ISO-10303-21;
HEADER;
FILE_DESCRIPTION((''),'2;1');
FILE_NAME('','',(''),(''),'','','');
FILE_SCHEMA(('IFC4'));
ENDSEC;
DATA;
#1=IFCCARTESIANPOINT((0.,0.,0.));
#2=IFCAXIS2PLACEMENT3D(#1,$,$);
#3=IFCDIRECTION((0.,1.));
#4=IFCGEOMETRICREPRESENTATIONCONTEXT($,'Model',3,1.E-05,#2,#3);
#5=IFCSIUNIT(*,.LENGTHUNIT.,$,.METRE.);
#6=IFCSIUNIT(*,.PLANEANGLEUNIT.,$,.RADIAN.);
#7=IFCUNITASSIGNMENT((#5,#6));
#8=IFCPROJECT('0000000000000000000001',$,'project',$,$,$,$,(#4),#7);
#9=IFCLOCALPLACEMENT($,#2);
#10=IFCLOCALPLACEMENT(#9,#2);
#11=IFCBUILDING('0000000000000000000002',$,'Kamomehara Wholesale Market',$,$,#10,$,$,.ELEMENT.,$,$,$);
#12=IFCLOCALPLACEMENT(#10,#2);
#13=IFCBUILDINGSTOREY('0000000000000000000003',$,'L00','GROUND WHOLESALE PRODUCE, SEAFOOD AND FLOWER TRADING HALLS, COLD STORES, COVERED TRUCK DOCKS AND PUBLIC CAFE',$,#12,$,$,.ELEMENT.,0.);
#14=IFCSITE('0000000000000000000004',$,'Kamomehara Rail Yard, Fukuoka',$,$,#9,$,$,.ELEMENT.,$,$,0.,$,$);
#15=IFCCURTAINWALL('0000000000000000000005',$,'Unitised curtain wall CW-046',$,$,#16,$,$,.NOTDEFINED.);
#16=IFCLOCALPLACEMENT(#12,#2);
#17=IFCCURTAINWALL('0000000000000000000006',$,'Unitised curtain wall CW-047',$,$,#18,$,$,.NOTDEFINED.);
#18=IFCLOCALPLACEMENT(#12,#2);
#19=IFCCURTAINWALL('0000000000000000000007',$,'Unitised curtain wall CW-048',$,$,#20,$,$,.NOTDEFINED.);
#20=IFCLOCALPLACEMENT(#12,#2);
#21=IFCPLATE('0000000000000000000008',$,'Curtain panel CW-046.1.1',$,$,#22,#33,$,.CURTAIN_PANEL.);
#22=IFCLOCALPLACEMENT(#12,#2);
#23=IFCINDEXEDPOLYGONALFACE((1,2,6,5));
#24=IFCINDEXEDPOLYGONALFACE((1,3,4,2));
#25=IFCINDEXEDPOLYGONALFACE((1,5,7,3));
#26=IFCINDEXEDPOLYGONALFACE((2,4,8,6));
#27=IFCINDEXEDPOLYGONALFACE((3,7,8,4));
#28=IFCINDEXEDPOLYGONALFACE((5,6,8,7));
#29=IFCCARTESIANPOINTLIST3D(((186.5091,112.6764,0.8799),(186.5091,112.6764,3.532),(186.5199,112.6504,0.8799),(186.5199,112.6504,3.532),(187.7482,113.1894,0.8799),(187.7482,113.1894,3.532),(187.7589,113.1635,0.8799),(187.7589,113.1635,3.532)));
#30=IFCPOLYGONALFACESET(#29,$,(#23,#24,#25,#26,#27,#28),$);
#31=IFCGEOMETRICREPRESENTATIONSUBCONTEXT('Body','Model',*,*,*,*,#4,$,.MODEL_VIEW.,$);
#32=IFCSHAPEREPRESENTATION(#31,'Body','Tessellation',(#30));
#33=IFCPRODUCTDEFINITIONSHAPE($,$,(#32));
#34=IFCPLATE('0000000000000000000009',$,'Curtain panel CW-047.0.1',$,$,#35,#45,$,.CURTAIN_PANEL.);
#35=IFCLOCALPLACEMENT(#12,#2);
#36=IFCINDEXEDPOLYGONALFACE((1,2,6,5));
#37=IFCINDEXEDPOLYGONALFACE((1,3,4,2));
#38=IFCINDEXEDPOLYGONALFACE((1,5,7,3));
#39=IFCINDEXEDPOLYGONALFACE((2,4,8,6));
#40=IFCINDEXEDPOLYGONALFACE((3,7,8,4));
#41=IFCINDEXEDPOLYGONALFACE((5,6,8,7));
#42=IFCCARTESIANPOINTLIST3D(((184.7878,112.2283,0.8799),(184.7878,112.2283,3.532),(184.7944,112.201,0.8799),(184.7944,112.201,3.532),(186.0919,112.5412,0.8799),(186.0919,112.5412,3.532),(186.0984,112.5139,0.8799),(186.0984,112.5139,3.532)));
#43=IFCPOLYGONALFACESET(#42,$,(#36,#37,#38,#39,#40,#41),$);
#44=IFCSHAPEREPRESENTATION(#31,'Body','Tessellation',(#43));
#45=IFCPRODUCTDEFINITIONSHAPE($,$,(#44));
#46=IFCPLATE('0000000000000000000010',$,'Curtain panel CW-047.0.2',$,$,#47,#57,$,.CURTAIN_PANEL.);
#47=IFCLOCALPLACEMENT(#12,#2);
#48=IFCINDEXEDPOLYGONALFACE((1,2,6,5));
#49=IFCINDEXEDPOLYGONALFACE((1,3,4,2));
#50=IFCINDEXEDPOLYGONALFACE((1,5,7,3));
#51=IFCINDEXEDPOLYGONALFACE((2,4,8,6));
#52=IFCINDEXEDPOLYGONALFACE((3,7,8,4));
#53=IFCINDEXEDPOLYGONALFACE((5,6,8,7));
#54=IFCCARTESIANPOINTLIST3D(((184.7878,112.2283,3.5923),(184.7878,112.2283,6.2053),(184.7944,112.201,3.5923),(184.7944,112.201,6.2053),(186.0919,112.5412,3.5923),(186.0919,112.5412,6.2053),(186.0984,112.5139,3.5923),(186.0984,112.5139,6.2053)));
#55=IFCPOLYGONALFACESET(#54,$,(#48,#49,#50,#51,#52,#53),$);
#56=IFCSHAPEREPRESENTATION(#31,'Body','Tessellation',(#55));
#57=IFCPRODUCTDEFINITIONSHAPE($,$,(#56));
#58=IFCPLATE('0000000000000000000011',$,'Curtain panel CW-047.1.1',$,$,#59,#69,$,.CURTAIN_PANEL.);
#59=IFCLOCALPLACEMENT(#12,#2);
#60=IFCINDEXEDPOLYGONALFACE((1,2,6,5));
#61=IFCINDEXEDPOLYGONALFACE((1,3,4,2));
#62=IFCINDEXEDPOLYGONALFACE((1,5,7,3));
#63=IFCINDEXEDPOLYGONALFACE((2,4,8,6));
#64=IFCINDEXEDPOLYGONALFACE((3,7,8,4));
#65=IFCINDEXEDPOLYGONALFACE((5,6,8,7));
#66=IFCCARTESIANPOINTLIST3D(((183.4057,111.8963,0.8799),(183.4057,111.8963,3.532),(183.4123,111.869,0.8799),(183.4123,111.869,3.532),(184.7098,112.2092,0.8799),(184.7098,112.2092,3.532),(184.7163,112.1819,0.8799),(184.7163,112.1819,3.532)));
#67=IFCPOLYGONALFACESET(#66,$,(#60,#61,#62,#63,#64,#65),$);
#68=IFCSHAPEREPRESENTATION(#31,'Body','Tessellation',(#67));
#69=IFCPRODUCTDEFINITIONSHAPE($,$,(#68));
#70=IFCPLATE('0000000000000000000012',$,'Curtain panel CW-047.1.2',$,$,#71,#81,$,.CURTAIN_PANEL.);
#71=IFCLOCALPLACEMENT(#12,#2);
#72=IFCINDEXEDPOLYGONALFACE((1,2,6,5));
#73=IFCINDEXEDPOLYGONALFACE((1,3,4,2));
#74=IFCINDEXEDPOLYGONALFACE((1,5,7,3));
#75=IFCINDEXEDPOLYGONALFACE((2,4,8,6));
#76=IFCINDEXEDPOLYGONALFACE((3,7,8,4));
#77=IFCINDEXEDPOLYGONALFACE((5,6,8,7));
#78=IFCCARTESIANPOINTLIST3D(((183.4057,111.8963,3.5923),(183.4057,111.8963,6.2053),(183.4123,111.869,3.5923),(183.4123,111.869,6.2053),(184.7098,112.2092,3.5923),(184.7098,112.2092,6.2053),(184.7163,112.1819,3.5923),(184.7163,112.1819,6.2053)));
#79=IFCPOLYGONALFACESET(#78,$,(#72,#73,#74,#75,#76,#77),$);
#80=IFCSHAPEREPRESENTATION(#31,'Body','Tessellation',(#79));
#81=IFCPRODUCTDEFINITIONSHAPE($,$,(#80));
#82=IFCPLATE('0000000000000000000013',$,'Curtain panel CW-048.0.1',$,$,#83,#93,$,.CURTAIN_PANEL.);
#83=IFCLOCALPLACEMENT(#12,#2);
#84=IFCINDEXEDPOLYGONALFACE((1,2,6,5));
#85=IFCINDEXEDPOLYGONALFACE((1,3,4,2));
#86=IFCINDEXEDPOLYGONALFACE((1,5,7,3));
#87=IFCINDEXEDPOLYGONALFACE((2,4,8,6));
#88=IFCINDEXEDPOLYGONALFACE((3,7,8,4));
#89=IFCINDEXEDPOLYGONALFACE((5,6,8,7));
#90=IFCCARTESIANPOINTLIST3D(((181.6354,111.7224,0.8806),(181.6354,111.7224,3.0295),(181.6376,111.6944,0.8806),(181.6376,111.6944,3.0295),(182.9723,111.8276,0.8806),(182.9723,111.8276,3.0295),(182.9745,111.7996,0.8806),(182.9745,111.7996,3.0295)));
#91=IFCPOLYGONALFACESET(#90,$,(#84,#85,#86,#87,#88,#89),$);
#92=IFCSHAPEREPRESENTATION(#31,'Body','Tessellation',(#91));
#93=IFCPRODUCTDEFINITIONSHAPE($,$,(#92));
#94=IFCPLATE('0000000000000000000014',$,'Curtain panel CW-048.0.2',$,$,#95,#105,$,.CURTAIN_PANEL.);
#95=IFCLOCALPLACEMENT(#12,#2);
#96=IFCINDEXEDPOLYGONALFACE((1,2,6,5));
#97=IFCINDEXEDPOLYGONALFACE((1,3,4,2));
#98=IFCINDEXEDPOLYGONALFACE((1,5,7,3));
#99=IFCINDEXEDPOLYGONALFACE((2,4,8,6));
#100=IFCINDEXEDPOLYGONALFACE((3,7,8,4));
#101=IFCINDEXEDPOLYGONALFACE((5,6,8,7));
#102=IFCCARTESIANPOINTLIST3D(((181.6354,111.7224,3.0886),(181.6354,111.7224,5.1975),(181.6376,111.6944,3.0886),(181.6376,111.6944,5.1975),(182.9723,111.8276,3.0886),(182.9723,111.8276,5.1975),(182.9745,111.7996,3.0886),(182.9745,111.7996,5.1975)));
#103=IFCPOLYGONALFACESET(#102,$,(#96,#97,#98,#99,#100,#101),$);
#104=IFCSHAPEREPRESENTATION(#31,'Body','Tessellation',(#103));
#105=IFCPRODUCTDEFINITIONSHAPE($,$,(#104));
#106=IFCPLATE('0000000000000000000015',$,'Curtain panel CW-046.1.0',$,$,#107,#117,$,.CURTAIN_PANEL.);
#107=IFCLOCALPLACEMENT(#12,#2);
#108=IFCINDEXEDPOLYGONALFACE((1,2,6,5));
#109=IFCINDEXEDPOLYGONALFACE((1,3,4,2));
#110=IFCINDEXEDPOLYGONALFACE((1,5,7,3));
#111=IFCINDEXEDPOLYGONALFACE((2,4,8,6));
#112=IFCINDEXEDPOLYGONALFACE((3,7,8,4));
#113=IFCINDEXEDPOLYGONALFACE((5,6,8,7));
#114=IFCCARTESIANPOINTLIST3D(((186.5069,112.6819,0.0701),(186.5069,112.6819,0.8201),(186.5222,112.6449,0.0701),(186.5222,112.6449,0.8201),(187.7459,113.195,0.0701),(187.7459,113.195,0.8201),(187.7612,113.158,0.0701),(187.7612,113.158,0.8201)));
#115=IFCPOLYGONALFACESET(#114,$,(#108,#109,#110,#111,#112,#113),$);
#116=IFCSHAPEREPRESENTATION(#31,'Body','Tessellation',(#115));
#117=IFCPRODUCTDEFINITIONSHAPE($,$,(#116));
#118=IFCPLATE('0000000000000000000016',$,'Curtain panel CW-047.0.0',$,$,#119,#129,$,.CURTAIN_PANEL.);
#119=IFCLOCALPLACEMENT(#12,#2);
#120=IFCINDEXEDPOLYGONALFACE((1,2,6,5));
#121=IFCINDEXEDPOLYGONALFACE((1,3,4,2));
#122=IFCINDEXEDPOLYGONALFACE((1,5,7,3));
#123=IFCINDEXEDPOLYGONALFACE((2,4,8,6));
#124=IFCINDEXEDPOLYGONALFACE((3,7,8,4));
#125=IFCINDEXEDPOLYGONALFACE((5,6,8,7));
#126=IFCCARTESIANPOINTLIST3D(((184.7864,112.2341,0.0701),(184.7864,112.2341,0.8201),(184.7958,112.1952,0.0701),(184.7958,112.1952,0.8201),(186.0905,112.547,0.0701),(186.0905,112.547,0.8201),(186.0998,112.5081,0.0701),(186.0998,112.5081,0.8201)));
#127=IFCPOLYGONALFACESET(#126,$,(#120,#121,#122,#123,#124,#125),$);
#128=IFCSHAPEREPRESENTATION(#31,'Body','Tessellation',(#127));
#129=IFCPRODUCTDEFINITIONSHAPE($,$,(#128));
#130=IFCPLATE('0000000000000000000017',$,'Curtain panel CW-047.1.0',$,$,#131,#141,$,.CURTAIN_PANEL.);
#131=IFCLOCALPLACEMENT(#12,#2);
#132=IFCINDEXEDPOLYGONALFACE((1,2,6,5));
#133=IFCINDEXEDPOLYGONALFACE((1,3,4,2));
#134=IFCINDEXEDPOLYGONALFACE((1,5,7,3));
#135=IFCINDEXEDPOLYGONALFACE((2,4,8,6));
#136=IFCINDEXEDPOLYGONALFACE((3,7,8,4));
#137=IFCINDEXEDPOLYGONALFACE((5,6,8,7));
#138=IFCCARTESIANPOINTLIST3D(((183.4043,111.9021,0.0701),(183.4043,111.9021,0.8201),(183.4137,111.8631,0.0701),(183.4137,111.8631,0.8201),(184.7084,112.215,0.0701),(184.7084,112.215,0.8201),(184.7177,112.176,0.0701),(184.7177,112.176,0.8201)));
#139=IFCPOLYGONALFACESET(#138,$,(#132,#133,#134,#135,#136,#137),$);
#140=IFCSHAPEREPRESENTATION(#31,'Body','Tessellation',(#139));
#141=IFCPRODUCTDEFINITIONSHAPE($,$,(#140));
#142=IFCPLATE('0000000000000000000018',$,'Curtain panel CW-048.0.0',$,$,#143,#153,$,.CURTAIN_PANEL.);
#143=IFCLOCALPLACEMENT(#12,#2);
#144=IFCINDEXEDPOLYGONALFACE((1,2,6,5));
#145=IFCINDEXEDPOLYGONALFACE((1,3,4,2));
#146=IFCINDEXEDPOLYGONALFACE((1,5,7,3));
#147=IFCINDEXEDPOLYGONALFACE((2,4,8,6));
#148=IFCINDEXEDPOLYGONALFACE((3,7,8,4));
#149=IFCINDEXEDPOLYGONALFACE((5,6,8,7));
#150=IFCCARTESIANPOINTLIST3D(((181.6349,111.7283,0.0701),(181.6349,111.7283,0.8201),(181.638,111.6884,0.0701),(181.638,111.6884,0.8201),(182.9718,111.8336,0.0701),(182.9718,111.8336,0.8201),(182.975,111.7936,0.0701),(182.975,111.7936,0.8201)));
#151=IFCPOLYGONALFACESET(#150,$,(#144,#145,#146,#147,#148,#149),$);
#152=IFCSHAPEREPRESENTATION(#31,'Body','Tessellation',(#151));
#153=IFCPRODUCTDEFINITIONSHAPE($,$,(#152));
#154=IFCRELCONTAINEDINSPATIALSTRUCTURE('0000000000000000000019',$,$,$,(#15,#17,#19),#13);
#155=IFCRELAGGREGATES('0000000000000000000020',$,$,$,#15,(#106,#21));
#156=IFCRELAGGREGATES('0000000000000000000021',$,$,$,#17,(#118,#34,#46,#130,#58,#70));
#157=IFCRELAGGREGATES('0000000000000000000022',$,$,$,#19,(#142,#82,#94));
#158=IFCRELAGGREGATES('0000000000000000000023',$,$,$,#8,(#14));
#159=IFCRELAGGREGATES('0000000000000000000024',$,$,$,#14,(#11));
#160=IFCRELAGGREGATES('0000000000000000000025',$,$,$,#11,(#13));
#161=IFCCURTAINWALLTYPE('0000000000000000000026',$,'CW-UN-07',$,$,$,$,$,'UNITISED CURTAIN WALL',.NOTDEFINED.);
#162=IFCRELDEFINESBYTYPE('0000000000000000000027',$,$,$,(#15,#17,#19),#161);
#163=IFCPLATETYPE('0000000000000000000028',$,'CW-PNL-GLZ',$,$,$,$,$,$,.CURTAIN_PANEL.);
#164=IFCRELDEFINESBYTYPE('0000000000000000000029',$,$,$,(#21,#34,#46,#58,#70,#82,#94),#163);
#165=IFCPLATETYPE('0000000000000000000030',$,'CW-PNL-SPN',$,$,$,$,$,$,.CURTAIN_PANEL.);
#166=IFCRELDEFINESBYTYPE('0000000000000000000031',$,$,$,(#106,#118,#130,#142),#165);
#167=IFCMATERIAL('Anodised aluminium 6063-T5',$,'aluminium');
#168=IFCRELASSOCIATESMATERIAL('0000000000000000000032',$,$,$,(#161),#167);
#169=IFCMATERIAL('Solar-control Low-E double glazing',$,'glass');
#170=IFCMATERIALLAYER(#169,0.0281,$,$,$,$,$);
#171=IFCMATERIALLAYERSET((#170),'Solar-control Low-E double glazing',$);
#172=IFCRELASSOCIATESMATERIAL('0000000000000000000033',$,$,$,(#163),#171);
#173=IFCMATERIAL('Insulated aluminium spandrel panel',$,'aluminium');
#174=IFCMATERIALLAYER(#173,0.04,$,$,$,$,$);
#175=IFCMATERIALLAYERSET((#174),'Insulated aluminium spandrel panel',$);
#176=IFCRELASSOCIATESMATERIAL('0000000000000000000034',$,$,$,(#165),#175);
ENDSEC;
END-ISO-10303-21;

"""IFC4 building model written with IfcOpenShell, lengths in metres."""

from ifc_helpers import new_model, si_unit, direction, frame, origin, origin_2d, place, context, subcontext, project, spatial, rectangle, extrude, material, layer, layer_set, type_object, element, aggregate, save


model = new_model("IFC4")

# Units and contexts
model_context = context("Model", 3, precision=1e-05, world=origin(), true_north=direction((0.0, 1.0)))
body_context = subcontext(model_context, "Body", "Model", "MODEL_VIEW")
ifc_project = project(units=[si_unit("LENGTHUNIT", "METRE"), si_unit("PLANEANGLEUNIT", "RADIAN")], contexts=[model_context])

# Site, building, storey
site_placement = place(None, origin())
site = spatial("IfcSite", under=ifc_project, at=site_placement, Name="Kamomehara Rail Yard, Fukuoka", CompositionType="ELEMENT", RefElevation=0.0)
building_placement = place(site_placement, origin())
building = spatial("IfcBuilding", under=site, at=building_placement, Name="Kamomehara Wholesale Market", CompositionType="ELEMENT")
storey_placement = place(building_placement, origin())
storey = spatial("IfcBuildingStorey", under=building, at=storey_placement, Name="L00", Description="GROUND WHOLESALE PRODUCE, SEAFOOD AND FLOWER TRADING HALLS, COLD STORES, COVERED TRUCK DOCKS AND PUBLIC CAFE", CompositionType="ELEMENT", Elevation=0.0)

# Curtain wall
ifc_material_1 = material(Name="Anodised aluminium 6063-T5", Category="aluminium")
curtain_wall_type = type_object("IfcCurtainWallType", Name="CW-UN-07", ElementType="UNITISED CURTAIN WALL", PredefinedType="NOTDEFINED", material=ifc_material_1)
curtain_wall_1_placement = place(storey_placement, origin())
curtain_wall_1 = element("IfcCurtainWall", 1, at=curtain_wall_1_placement, inside=storey, type_object=curtain_wall_type, Name="Unitised curtain wall CW-046", PredefinedType="NOTDEFINED")

# Curtain walls
curtain_wall_2_placement = place(storey_placement, origin())
curtain_wall_2 = element("IfcCurtainWall", 2, at=curtain_wall_2_placement, inside=storey, type_object=curtain_wall_type, Name="Unitised curtain wall CW-047", PredefinedType="NOTDEFINED")
curtain_wall_3_placement = place(storey_placement, origin())
curtain_wall_3 = element("IfcCurtainWall", 3, at=curtain_wall_3_placement, inside=storey, type_object=curtain_wall_type, Name="Unitised curtain wall CW-048", PredefinedType="NOTDEFINED")

# Plates
ifc_material_2 = material(Name="Solar-control Low-E double glazing", Category="glass")
ifc_layer_1 = layer(ifc_material_2, 0.0281)
ifc_layer_set_1 = layer_set([ifc_layer_1], Name="Solar-control Low-E double glazing")
plate_type_1 = type_object("IfcPlateType", Name="CW-PNL-GLZ", PredefinedType="CURTAIN_PANEL", material=ifc_layer_set_1)
plate_1_placement = place(storey_placement, frame((187.134, 112.9199, 0.8799), z_axis=(0.0, 0.0, 1.0), x_axis=(-0.92392, -0.382587, 0.0)))
plate_1 = element("IfcPlate", 4, at=plate_1_placement, type_object=plate_type_1, Name="Curtain panel CW-046.1.1", PredefinedType="CURTAIN_PANEL", context=body_context, shape_type="SweptSolid", body=[
    extrude(rectangle(XDim=1.3411, YDim=0.0281, at=origin_2d()), origin(), (0.0, 0.0, 1.0), 2.6521),
])
plate_2_placement = place(storey_placement, frame((185.4431, 112.3711, 0.8799), z_axis=(0.0, 0.0, 1.0), x_axis=(-0.972398, -0.233327, 0.0)))
plate_2 = element("IfcPlate", 5, at=plate_2_placement, type_object=plate_type_1, Name="Curtain panel CW-047.0.1", PredefinedType="CURTAIN_PANEL", context=body_context, shape_type="SweptSolid", body=[
    extrude(rectangle(XDim=1.3411, YDim=0.0281, at=origin_2d()), origin(), (0.0, 0.0, 1.0), 2.6521),
])
plate_3_placement = place(storey_placement, frame((185.4431, 112.3711, 3.5923), z_axis=(0.0, 0.0, 1.0), x_axis=(-0.972398, -0.233327, 0.0)))
plate_3 = element("IfcPlate", 6, at=plate_3_placement, type_object=plate_type_1, Name="Curtain panel CW-047.0.2", PredefinedType="CURTAIN_PANEL", context=body_context, shape_type="SweptSolid", body=[
    extrude(rectangle(XDim=1.3411, YDim=0.0281, at=origin_2d()), origin(), (0.0, 0.0, 1.0), 2.613),
])
plate_4_placement = place(storey_placement, frame((184.061, 112.0391, 0.8799), z_axis=(0.0, 0.0, 1.0), x_axis=(-0.972398, -0.233327, 0.0)))
plate_4 = element("IfcPlate", 7, at=plate_4_placement, type_object=plate_type_1, Name="Curtain panel CW-047.1.1", PredefinedType="CURTAIN_PANEL", context=body_context, shape_type="SweptSolid", body=[
    extrude(rectangle(XDim=1.3411, YDim=0.0281, at=origin_2d()), origin(), (0.0, 0.0, 1.0), 2.6521),
])
plate_5_placement = place(storey_placement, frame((184.061, 112.0391, 3.5923), z_axis=(0.0, 0.0, 1.0), x_axis=(-0.972398, -0.233327, 0.0)))
plate_5 = element("IfcPlate", 8, at=plate_5_placement, type_object=plate_type_1, Name="Curtain panel CW-047.1.2", PredefinedType="CURTAIN_PANEL", context=body_context, shape_type="SweptSolid", body=[
    extrude(rectangle(XDim=1.3411, YDim=0.0281, at=origin_2d()), origin(), (0.0, 0.0, 1.0), 2.613),
])
plate_6_placement = place(storey_placement, frame((182.3049, 111.761, 0.8806), z_axis=(0.0, 0.0, 1.0), x_axis=(-0.996916, -0.078476, 0.0)))
plate_6 = element("IfcPlate", 9, at=plate_6_placement, type_object=plate_type_1, Name="Curtain panel CW-048.0.1", PredefinedType="CURTAIN_PANEL", context=body_context, shape_type="SweptSolid", body=[
    extrude(rectangle(XDim=1.3411, YDim=0.0281, at=origin_2d()), origin(), (0.0, 0.0, 1.0), 2.1489),
])
plate_7_placement = place(storey_placement, frame((182.3049, 111.761, 3.0886), z_axis=(0.0, 0.0, 1.0), x_axis=(-0.996916, -0.078476, 0.0)))
plate_7 = element("IfcPlate", 10, at=plate_7_placement, type_object=plate_type_1, Name="Curtain panel CW-048.0.2", PredefinedType="CURTAIN_PANEL", context=body_context, shape_type="SweptSolid", body=[
    extrude(rectangle(XDim=1.3411, YDim=0.0281, at=origin_2d()), origin(), (0.0, 0.0, 1.0), 2.1089),
])
ifc_material_3 = material(Name="Insulated aluminium spandrel panel", Category="aluminium")
ifc_layer_2 = layer(ifc_material_3, 0.04)
ifc_layer_set_2 = layer_set([ifc_layer_2], Name="Insulated aluminium spandrel panel")
plate_type_2 = type_object("IfcPlateType", Name="CW-PNL-SPN", PredefinedType="CURTAIN_PANEL", material=ifc_layer_set_2)
plate_8_placement = place(storey_placement, frame((187.134, 112.9199, 0.0701), z_axis=(0.0, 0.0, 1.0), x_axis=(-0.92392, -0.382587, 0.0)))
plate_8 = element("IfcPlate", 11, at=plate_8_placement, type_object=plate_type_2, Name="Curtain panel CW-046.1.0", PredefinedType="CURTAIN_PANEL", context=body_context, shape_type="SweptSolid", body=[
    extrude(rectangle(XDim=1.3411, YDim=0.04, at=origin_2d()), origin(), (0.0, 0.0, 1.0), 0.75),
])
aggregate(curtain_wall_1, [plate_8, plate_1])
plate_9_placement = place(storey_placement, frame((185.4431, 112.3711, 0.0701), z_axis=(0.0, 0.0, 1.0), x_axis=(-0.972398, -0.233327, 0.0)))
plate_9 = element("IfcPlate", 12, at=plate_9_placement, type_object=plate_type_2, Name="Curtain panel CW-047.0.0", PredefinedType="CURTAIN_PANEL", context=body_context, shape_type="SweptSolid", body=[
    extrude(rectangle(XDim=1.3411, YDim=0.04, at=origin_2d()), origin(), (0.0, 0.0, 1.0), 0.75),
])
plate_10_placement = place(storey_placement, frame((184.061, 112.0391, 0.0701), z_axis=(0.0, 0.0, 1.0), x_axis=(-0.972398, -0.233327, 0.0)))
plate_10 = element("IfcPlate", 13, at=plate_10_placement, type_object=plate_type_2, Name="Curtain panel CW-047.1.0", PredefinedType="CURTAIN_PANEL", context=body_context, shape_type="SweptSolid", body=[
    extrude(rectangle(XDim=1.3411, YDim=0.04, at=origin_2d()), origin(), (0.0, 0.0, 1.0), 0.75),
])
aggregate(curtain_wall_2, [plate_9, plate_2, plate_3, plate_10, plate_4, plate_5])
plate_11_placement = place(storey_placement, frame((182.3049, 111.761, 0.0701), z_axis=(0.0, 0.0, 1.0), x_axis=(-0.996916, -0.078476, 0.0)))
plate_11 = element("IfcPlate", 14, at=plate_11_placement, type_object=plate_type_2, Name="Curtain panel CW-048.0.0", PredefinedType="CURTAIN_PANEL", context=body_context, shape_type="SweptSolid", body=[
    extrude(rectangle(XDim=1.3411, YDim=0.04, at=origin_2d()), origin(), (0.0, 0.0, 1.0), 0.75),
])
aggregate(curtain_wall_3, [plate_11, plate_6, plate_7])

save(model, "model.ifc")
